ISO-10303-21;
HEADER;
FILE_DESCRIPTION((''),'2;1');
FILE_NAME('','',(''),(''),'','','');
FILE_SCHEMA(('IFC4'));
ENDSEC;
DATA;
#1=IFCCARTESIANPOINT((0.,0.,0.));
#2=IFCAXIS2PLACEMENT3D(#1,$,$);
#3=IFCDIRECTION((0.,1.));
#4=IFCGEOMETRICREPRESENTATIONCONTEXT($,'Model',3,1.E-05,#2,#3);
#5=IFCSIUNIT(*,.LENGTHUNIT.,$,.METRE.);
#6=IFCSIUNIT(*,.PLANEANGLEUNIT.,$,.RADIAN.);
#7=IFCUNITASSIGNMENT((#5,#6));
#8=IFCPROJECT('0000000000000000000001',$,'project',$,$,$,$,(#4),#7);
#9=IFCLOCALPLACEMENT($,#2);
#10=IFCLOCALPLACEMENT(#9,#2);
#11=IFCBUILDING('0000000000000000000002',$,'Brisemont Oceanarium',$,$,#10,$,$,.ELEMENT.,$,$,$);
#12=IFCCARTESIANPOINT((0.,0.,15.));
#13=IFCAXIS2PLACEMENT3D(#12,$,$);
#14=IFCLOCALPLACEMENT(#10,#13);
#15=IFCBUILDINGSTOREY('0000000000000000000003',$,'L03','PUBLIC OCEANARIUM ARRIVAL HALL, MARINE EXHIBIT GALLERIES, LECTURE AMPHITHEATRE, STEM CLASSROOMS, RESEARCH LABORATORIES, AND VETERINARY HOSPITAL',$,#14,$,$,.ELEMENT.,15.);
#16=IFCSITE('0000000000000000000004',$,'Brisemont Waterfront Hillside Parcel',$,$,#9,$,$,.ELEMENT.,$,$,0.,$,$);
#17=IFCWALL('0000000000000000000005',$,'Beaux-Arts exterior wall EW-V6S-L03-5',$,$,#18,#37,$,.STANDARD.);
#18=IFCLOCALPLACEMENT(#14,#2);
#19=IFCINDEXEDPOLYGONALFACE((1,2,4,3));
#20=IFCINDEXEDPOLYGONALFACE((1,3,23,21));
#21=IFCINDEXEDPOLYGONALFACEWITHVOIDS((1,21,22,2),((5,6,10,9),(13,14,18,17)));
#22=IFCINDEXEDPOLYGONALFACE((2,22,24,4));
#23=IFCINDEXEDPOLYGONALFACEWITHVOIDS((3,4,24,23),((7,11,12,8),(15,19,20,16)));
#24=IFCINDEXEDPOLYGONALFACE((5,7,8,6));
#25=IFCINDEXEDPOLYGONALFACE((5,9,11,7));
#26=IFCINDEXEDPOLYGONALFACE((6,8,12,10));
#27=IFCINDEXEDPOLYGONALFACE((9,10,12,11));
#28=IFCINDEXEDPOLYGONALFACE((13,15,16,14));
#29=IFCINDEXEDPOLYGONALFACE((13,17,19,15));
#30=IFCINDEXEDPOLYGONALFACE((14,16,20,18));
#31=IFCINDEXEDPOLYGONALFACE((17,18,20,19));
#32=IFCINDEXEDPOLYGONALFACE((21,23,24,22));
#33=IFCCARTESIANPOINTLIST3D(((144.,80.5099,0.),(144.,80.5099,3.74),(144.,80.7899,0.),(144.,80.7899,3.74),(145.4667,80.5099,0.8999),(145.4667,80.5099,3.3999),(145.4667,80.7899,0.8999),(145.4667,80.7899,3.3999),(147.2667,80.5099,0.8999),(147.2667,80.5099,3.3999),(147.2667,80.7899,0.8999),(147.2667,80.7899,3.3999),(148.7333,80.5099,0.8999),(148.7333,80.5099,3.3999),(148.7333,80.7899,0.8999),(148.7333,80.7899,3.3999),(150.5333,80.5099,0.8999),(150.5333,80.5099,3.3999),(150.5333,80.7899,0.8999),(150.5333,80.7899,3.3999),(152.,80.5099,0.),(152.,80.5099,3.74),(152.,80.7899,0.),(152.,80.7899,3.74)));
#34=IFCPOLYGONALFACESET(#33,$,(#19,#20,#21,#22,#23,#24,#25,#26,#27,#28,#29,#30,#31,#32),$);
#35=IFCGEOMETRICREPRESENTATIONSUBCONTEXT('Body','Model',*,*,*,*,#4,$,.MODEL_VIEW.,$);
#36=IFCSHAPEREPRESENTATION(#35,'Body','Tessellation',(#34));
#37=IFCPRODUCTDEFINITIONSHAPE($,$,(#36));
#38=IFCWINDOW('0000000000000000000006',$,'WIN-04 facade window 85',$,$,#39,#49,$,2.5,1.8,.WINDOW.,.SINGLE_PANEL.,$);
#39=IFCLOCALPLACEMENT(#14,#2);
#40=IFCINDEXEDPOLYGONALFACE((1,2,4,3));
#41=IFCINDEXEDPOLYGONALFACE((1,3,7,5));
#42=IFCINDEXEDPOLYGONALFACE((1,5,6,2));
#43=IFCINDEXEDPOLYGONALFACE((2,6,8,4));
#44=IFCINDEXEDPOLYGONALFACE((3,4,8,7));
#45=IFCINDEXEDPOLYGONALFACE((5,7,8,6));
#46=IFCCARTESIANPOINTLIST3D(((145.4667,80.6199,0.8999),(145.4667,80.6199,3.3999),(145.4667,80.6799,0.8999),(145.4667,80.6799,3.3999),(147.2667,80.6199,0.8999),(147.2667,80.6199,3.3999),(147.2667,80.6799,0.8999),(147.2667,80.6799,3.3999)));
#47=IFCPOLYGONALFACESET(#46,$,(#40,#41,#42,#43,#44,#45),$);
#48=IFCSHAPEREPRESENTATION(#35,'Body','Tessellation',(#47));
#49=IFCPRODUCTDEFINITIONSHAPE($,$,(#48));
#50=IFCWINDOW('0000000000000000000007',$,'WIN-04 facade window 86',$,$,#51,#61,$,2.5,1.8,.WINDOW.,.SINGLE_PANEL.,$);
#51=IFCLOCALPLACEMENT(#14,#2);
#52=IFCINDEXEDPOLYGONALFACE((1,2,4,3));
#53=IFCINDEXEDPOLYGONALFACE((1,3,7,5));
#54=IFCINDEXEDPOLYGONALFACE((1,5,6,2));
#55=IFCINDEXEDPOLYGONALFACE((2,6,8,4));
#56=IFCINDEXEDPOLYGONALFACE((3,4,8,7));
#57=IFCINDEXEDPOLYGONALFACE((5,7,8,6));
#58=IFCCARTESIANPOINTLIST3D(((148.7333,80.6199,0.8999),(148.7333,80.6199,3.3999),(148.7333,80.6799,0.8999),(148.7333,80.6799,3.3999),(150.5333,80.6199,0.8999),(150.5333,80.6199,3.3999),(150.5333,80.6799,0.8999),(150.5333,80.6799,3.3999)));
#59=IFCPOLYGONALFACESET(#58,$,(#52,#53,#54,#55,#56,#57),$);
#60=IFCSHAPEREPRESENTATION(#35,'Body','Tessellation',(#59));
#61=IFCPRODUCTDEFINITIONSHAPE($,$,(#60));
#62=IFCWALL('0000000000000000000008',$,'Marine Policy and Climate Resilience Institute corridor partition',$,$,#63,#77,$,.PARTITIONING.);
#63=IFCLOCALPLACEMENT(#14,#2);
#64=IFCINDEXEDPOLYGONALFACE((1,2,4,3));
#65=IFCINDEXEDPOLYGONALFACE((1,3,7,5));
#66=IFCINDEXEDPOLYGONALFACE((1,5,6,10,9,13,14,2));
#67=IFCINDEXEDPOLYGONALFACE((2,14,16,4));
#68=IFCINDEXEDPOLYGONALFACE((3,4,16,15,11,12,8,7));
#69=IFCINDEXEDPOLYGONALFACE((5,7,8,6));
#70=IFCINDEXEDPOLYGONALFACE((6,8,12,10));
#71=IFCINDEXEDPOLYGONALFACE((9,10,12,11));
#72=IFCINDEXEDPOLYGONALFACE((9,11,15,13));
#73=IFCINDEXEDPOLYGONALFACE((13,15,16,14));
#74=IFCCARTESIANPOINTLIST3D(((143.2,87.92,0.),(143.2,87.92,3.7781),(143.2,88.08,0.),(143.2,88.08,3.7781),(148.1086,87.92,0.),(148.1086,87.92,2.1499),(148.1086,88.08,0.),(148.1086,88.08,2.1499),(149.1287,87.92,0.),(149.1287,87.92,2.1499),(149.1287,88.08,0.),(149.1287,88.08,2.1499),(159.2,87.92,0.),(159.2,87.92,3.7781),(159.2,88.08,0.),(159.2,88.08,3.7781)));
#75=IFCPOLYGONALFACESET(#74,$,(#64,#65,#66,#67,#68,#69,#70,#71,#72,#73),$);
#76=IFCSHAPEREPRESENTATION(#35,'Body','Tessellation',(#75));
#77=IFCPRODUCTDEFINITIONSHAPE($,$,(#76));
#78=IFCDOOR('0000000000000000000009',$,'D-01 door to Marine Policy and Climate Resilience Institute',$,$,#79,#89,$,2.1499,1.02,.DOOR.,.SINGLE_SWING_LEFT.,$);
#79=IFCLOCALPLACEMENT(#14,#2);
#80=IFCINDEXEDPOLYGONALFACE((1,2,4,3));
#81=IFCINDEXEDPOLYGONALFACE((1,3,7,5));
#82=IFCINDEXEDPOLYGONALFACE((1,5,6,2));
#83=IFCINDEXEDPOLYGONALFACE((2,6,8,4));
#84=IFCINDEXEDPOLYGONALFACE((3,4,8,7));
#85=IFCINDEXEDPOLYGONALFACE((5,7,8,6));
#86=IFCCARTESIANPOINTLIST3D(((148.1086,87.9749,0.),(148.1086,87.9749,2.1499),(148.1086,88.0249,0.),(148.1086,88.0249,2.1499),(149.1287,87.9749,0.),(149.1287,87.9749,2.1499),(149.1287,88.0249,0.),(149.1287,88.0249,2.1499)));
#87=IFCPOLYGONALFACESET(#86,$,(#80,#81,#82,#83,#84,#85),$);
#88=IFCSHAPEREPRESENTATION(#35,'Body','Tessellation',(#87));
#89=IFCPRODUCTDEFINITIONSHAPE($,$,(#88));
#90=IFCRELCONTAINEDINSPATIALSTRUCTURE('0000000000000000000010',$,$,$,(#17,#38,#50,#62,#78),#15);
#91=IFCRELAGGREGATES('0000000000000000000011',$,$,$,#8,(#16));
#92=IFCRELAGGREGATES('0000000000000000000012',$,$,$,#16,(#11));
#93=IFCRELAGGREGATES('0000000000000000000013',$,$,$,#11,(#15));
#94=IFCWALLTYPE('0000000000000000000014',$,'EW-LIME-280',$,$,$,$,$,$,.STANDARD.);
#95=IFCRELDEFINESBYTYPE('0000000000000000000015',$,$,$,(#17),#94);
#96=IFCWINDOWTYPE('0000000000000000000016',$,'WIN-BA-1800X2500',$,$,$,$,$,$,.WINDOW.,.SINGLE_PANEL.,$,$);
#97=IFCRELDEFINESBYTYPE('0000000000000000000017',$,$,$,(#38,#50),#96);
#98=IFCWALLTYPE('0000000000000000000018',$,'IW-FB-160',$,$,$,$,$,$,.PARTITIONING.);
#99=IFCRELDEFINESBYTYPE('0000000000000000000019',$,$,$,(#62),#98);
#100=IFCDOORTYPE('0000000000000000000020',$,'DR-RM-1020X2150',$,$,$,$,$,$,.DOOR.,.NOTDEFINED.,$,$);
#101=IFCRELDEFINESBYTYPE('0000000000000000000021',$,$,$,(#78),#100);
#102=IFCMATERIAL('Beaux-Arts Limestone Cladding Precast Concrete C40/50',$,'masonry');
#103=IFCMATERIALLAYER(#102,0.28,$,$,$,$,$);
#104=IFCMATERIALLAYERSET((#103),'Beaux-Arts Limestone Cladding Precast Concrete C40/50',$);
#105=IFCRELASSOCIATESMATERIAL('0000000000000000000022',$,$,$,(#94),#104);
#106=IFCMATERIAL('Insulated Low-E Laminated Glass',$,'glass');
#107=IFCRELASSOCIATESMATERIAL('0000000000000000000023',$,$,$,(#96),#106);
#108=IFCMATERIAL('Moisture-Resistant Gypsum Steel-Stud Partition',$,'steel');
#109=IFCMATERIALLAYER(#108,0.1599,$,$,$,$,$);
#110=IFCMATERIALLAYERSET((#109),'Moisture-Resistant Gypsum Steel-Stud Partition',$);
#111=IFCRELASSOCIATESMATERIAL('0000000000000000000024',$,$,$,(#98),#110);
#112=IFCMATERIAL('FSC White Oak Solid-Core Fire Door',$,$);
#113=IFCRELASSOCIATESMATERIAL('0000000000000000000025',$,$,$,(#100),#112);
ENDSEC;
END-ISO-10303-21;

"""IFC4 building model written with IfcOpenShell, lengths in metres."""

from ifc_helpers import new_model, si_unit, direction, frame, frame_2d, origin, place, context, subcontext, project, spatial, rectangle, extrude, material, layer, layer_set, type_object, element, fill, save


model = new_model("IFC4")

# Units and contexts
model_context = context("Model", 3, precision=1e-05, world=origin(), true_north=direction((0.0, 1.0)))
body_context = subcontext(model_context, "Body", "Model", "MODEL_VIEW")
ifc_project = project(units=[si_unit("LENGTHUNIT", "METRE"), si_unit("PLANEANGLEUNIT", "RADIAN")], contexts=[model_context])

# Site, building, storey
site_placement = place(None, origin())
site = spatial("IfcSite", under=ifc_project, at=site_placement, Name="Brisemont Waterfront Hillside Parcel", CompositionType="ELEMENT", RefElevation=0.0)
building_placement = place(site_placement, origin())
building = spatial("IfcBuilding", under=site, at=building_placement, Name="Brisemont Oceanarium", CompositionType="ELEMENT")
storey_placement = place(building_placement, frame((0.0, 0.0, 15.0)))
storey = spatial("IfcBuildingStorey", under=building, at=storey_placement, Name="L03", Description="PUBLIC OCEANARIUM ARRIVAL HALL, MARINE EXHIBIT GALLERIES, LECTURE AMPHITHEATRE, STEM CLASSROOMS, RESEARCH LABORATORIES, AND VETERINARY HOSPITAL", CompositionType="ELEMENT", Elevation=15.0)

# Wall, openings, windows
ifc_material_1 = material(Name="Beaux-Arts Limestone Cladding Precast Concrete C40/50", Category="masonry")
ifc_layer_1 = layer(ifc_material_1, 0.28)
ifc_layer_set_1 = layer_set([ifc_layer_1], Name="Beaux-Arts Limestone Cladding Precast Concrete C40/50")
wall_type_1 = type_object("IfcWallType", Name="EW-LIME-280", PredefinedType="STANDARD", material=ifc_layer_set_1)
wall_1_placement = place(storey_placement, frame((144.0, 80.6499, 0.0), z_axis=(0.0, 0.0, 1.0), x_axis=(1.0, 0.0, 0.0)))
wall_1 = element("IfcWall", 1, at=wall_1_placement, inside=storey, type_object=wall_type_1, Name="Beaux-Arts exterior wall EW-V6S-L03-5", PredefinedType="STANDARD", context=body_context, shape_type="SweptSolid", body=[
    extrude(rectangle(XDim=8.0, YDim=0.28, at=frame_2d((4.0, 0.0))), origin(), (0.0, 0.0, 1.0), 3.74),
])
opening_1_placement = place(wall_1_placement, frame((1.4668, 0.0, 0.8999)))
opening_1 = element("IfcOpeningElement", 2, at=opening_1_placement, cuts=wall_1, PredefinedType="OPENING", context=body_context, shape_type="SweptSolid", body=[
    extrude(rectangle(XDim=1.8, YDim=2.5, at=frame_2d((0.8999, 1.25))), frame((0.0, 0.1499, 0.0), z_axis=(0.0, -1.0, 0.0), x_axis=(1.0, 0.0, 0.0)), (0.0, 0.0, 1.0), 0.3),
])
opening_2_placement = place(wall_1_placement, frame((4.7334, 0.0, 0.8999)))
opening_2 = element("IfcOpeningElement", 3, at=opening_2_placement, cuts=wall_1, PredefinedType="OPENING", context=body_context, shape_type="SweptSolid", body=[
    extrude(rectangle(XDim=1.8, YDim=2.5, at=frame_2d((0.8999, 1.25))), frame((0.0, 0.1499, 0.0), z_axis=(0.0, -1.0, 0.0), x_axis=(1.0, 0.0, 0.0)), (0.0, 0.0, 1.0), 0.3),
])
ifc_material_2 = material(Name="Insulated Low-E Laminated Glass", Category="glass")
window_type = type_object("IfcWindowType", Name="WIN-BA-1800X2500", PartitioningType="SINGLE_PANEL", PredefinedType="WINDOW", material=ifc_material_2)
window_1_placement = place(opening_1_placement, origin())
window_1 = element("IfcWindow", 4, at=window_1_placement, inside=storey, type_object=window_type, Name="WIN-04 facade window 85", OverallHeight=2.5, OverallWidth=1.8, PartitioningType="SINGLE_PANEL", PredefinedType="WINDOW", context=body_context, shape_type="SweptSolid", body=[
    extrude(rectangle(XDim=1.8, YDim=2.5, at=frame_2d((0.8999, 1.25))), frame((0.0, 0.03, 0.0), z_axis=(0.0, -1.0, 0.0), x_axis=(1.0, 0.0, 0.0)), (0.0, 0.0, 1.0), 0.0601),
])
fill(opening_1, window_1)
window_2_placement = place(opening_2_placement, origin())
window_2 = element("IfcWindow", 5, at=window_2_placement, inside=storey, type_object=window_type, Name="WIN-04 facade window 86", OverallHeight=2.5, OverallWidth=1.8, PartitioningType="SINGLE_PANEL", PredefinedType="WINDOW", context=body_context, shape_type="SweptSolid", body=[
    extrude(rectangle(XDim=1.8, YDim=2.5, at=frame_2d((0.8999, 1.25))), frame((0.0, 0.03, 0.0), z_axis=(0.0, -1.0, 0.0), x_axis=(1.0, 0.0, 0.0)), (0.0, 0.0, 1.0), 0.0601),
])
fill(opening_2, window_2)

# Wall, opening, door
ifc_material_3 = material(Name="Moisture-Resistant Gypsum Steel-Stud Partition", Category="steel")
ifc_layer_2 = layer(ifc_material_3, 0.1599)
ifc_layer_set_2 = layer_set([ifc_layer_2], Name="Moisture-Resistant Gypsum Steel-Stud Partition")
wall_type_2 = type_object("IfcWallType", Name="IW-FB-160", PredefinedType="PARTITIONING", material=ifc_layer_set_2)
wall_2_placement = place(storey_placement, frame((143.2, 88.0, 0.0), z_axis=(0.0, 0.0, 1.0), x_axis=(1.0, 0.0, 0.0)))
wall_2 = element("IfcWall", 6, at=wall_2_placement, inside=storey, type_object=wall_type_2, Name="Marine Policy and Climate Resilience Institute corridor partition", PredefinedType="PARTITIONING", context=body_context, shape_type="SweptSolid", body=[
    extrude(rectangle(XDim=16.0, YDim=0.1599, at=frame_2d((8.0, 0.0))), origin(), (0.0, 0.0, 1.0), 3.7781),
])
opening_3_placement = place(wall_2_placement, frame((4.9087, 0.0, 0.0)))
opening_3 = element("IfcOpeningElement", 7, at=opening_3_placement, cuts=wall_2, PredefinedType="OPENING", context=body_context, shape_type="SweptSolid", body=[
    extrude(rectangle(XDim=1.02, YDim=2.1499, at=frame_2d((0.51, 1.075))), frame((0.0, 0.0898, 0.0), z_axis=(0.0, -1.0, 0.0), x_axis=(1.0, 0.0, 0.0)), (0.0, 0.0, 1.0), 0.1799),
])
ifc_material_4 = material(Name="FSC White Oak Solid-Core Fire Door")
door_type = type_object("IfcDoorType", Name="DR-RM-1020X2150", OperationType="NOTDEFINED", PredefinedType="DOOR", material=ifc_material_4)
door_placement = place(opening_3_placement, origin())
door = element("IfcDoor", 8, at=door_placement, inside=storey, type_object=door_type, Name="D-01 door to Marine Policy and Climate Resilience Institute", OperationType="SINGLE_SWING_LEFT", OverallHeight=2.1499, OverallWidth=1.02, PredefinedType="DOOR", context=body_context, shape_type="SweptSolid", body=[
    extrude(rectangle(XDim=1.02, YDim=2.1499, at=frame_2d((0.51, 1.075))), frame((0.0, 0.0249, 0.0), z_axis=(0.0, -1.0, 0.0), x_axis=(1.0, 0.0, 0.0)), (0.0, 0.0, 1.0), 0.05),
])
fill(opening_3, door)

save(model, "model.ifc")
